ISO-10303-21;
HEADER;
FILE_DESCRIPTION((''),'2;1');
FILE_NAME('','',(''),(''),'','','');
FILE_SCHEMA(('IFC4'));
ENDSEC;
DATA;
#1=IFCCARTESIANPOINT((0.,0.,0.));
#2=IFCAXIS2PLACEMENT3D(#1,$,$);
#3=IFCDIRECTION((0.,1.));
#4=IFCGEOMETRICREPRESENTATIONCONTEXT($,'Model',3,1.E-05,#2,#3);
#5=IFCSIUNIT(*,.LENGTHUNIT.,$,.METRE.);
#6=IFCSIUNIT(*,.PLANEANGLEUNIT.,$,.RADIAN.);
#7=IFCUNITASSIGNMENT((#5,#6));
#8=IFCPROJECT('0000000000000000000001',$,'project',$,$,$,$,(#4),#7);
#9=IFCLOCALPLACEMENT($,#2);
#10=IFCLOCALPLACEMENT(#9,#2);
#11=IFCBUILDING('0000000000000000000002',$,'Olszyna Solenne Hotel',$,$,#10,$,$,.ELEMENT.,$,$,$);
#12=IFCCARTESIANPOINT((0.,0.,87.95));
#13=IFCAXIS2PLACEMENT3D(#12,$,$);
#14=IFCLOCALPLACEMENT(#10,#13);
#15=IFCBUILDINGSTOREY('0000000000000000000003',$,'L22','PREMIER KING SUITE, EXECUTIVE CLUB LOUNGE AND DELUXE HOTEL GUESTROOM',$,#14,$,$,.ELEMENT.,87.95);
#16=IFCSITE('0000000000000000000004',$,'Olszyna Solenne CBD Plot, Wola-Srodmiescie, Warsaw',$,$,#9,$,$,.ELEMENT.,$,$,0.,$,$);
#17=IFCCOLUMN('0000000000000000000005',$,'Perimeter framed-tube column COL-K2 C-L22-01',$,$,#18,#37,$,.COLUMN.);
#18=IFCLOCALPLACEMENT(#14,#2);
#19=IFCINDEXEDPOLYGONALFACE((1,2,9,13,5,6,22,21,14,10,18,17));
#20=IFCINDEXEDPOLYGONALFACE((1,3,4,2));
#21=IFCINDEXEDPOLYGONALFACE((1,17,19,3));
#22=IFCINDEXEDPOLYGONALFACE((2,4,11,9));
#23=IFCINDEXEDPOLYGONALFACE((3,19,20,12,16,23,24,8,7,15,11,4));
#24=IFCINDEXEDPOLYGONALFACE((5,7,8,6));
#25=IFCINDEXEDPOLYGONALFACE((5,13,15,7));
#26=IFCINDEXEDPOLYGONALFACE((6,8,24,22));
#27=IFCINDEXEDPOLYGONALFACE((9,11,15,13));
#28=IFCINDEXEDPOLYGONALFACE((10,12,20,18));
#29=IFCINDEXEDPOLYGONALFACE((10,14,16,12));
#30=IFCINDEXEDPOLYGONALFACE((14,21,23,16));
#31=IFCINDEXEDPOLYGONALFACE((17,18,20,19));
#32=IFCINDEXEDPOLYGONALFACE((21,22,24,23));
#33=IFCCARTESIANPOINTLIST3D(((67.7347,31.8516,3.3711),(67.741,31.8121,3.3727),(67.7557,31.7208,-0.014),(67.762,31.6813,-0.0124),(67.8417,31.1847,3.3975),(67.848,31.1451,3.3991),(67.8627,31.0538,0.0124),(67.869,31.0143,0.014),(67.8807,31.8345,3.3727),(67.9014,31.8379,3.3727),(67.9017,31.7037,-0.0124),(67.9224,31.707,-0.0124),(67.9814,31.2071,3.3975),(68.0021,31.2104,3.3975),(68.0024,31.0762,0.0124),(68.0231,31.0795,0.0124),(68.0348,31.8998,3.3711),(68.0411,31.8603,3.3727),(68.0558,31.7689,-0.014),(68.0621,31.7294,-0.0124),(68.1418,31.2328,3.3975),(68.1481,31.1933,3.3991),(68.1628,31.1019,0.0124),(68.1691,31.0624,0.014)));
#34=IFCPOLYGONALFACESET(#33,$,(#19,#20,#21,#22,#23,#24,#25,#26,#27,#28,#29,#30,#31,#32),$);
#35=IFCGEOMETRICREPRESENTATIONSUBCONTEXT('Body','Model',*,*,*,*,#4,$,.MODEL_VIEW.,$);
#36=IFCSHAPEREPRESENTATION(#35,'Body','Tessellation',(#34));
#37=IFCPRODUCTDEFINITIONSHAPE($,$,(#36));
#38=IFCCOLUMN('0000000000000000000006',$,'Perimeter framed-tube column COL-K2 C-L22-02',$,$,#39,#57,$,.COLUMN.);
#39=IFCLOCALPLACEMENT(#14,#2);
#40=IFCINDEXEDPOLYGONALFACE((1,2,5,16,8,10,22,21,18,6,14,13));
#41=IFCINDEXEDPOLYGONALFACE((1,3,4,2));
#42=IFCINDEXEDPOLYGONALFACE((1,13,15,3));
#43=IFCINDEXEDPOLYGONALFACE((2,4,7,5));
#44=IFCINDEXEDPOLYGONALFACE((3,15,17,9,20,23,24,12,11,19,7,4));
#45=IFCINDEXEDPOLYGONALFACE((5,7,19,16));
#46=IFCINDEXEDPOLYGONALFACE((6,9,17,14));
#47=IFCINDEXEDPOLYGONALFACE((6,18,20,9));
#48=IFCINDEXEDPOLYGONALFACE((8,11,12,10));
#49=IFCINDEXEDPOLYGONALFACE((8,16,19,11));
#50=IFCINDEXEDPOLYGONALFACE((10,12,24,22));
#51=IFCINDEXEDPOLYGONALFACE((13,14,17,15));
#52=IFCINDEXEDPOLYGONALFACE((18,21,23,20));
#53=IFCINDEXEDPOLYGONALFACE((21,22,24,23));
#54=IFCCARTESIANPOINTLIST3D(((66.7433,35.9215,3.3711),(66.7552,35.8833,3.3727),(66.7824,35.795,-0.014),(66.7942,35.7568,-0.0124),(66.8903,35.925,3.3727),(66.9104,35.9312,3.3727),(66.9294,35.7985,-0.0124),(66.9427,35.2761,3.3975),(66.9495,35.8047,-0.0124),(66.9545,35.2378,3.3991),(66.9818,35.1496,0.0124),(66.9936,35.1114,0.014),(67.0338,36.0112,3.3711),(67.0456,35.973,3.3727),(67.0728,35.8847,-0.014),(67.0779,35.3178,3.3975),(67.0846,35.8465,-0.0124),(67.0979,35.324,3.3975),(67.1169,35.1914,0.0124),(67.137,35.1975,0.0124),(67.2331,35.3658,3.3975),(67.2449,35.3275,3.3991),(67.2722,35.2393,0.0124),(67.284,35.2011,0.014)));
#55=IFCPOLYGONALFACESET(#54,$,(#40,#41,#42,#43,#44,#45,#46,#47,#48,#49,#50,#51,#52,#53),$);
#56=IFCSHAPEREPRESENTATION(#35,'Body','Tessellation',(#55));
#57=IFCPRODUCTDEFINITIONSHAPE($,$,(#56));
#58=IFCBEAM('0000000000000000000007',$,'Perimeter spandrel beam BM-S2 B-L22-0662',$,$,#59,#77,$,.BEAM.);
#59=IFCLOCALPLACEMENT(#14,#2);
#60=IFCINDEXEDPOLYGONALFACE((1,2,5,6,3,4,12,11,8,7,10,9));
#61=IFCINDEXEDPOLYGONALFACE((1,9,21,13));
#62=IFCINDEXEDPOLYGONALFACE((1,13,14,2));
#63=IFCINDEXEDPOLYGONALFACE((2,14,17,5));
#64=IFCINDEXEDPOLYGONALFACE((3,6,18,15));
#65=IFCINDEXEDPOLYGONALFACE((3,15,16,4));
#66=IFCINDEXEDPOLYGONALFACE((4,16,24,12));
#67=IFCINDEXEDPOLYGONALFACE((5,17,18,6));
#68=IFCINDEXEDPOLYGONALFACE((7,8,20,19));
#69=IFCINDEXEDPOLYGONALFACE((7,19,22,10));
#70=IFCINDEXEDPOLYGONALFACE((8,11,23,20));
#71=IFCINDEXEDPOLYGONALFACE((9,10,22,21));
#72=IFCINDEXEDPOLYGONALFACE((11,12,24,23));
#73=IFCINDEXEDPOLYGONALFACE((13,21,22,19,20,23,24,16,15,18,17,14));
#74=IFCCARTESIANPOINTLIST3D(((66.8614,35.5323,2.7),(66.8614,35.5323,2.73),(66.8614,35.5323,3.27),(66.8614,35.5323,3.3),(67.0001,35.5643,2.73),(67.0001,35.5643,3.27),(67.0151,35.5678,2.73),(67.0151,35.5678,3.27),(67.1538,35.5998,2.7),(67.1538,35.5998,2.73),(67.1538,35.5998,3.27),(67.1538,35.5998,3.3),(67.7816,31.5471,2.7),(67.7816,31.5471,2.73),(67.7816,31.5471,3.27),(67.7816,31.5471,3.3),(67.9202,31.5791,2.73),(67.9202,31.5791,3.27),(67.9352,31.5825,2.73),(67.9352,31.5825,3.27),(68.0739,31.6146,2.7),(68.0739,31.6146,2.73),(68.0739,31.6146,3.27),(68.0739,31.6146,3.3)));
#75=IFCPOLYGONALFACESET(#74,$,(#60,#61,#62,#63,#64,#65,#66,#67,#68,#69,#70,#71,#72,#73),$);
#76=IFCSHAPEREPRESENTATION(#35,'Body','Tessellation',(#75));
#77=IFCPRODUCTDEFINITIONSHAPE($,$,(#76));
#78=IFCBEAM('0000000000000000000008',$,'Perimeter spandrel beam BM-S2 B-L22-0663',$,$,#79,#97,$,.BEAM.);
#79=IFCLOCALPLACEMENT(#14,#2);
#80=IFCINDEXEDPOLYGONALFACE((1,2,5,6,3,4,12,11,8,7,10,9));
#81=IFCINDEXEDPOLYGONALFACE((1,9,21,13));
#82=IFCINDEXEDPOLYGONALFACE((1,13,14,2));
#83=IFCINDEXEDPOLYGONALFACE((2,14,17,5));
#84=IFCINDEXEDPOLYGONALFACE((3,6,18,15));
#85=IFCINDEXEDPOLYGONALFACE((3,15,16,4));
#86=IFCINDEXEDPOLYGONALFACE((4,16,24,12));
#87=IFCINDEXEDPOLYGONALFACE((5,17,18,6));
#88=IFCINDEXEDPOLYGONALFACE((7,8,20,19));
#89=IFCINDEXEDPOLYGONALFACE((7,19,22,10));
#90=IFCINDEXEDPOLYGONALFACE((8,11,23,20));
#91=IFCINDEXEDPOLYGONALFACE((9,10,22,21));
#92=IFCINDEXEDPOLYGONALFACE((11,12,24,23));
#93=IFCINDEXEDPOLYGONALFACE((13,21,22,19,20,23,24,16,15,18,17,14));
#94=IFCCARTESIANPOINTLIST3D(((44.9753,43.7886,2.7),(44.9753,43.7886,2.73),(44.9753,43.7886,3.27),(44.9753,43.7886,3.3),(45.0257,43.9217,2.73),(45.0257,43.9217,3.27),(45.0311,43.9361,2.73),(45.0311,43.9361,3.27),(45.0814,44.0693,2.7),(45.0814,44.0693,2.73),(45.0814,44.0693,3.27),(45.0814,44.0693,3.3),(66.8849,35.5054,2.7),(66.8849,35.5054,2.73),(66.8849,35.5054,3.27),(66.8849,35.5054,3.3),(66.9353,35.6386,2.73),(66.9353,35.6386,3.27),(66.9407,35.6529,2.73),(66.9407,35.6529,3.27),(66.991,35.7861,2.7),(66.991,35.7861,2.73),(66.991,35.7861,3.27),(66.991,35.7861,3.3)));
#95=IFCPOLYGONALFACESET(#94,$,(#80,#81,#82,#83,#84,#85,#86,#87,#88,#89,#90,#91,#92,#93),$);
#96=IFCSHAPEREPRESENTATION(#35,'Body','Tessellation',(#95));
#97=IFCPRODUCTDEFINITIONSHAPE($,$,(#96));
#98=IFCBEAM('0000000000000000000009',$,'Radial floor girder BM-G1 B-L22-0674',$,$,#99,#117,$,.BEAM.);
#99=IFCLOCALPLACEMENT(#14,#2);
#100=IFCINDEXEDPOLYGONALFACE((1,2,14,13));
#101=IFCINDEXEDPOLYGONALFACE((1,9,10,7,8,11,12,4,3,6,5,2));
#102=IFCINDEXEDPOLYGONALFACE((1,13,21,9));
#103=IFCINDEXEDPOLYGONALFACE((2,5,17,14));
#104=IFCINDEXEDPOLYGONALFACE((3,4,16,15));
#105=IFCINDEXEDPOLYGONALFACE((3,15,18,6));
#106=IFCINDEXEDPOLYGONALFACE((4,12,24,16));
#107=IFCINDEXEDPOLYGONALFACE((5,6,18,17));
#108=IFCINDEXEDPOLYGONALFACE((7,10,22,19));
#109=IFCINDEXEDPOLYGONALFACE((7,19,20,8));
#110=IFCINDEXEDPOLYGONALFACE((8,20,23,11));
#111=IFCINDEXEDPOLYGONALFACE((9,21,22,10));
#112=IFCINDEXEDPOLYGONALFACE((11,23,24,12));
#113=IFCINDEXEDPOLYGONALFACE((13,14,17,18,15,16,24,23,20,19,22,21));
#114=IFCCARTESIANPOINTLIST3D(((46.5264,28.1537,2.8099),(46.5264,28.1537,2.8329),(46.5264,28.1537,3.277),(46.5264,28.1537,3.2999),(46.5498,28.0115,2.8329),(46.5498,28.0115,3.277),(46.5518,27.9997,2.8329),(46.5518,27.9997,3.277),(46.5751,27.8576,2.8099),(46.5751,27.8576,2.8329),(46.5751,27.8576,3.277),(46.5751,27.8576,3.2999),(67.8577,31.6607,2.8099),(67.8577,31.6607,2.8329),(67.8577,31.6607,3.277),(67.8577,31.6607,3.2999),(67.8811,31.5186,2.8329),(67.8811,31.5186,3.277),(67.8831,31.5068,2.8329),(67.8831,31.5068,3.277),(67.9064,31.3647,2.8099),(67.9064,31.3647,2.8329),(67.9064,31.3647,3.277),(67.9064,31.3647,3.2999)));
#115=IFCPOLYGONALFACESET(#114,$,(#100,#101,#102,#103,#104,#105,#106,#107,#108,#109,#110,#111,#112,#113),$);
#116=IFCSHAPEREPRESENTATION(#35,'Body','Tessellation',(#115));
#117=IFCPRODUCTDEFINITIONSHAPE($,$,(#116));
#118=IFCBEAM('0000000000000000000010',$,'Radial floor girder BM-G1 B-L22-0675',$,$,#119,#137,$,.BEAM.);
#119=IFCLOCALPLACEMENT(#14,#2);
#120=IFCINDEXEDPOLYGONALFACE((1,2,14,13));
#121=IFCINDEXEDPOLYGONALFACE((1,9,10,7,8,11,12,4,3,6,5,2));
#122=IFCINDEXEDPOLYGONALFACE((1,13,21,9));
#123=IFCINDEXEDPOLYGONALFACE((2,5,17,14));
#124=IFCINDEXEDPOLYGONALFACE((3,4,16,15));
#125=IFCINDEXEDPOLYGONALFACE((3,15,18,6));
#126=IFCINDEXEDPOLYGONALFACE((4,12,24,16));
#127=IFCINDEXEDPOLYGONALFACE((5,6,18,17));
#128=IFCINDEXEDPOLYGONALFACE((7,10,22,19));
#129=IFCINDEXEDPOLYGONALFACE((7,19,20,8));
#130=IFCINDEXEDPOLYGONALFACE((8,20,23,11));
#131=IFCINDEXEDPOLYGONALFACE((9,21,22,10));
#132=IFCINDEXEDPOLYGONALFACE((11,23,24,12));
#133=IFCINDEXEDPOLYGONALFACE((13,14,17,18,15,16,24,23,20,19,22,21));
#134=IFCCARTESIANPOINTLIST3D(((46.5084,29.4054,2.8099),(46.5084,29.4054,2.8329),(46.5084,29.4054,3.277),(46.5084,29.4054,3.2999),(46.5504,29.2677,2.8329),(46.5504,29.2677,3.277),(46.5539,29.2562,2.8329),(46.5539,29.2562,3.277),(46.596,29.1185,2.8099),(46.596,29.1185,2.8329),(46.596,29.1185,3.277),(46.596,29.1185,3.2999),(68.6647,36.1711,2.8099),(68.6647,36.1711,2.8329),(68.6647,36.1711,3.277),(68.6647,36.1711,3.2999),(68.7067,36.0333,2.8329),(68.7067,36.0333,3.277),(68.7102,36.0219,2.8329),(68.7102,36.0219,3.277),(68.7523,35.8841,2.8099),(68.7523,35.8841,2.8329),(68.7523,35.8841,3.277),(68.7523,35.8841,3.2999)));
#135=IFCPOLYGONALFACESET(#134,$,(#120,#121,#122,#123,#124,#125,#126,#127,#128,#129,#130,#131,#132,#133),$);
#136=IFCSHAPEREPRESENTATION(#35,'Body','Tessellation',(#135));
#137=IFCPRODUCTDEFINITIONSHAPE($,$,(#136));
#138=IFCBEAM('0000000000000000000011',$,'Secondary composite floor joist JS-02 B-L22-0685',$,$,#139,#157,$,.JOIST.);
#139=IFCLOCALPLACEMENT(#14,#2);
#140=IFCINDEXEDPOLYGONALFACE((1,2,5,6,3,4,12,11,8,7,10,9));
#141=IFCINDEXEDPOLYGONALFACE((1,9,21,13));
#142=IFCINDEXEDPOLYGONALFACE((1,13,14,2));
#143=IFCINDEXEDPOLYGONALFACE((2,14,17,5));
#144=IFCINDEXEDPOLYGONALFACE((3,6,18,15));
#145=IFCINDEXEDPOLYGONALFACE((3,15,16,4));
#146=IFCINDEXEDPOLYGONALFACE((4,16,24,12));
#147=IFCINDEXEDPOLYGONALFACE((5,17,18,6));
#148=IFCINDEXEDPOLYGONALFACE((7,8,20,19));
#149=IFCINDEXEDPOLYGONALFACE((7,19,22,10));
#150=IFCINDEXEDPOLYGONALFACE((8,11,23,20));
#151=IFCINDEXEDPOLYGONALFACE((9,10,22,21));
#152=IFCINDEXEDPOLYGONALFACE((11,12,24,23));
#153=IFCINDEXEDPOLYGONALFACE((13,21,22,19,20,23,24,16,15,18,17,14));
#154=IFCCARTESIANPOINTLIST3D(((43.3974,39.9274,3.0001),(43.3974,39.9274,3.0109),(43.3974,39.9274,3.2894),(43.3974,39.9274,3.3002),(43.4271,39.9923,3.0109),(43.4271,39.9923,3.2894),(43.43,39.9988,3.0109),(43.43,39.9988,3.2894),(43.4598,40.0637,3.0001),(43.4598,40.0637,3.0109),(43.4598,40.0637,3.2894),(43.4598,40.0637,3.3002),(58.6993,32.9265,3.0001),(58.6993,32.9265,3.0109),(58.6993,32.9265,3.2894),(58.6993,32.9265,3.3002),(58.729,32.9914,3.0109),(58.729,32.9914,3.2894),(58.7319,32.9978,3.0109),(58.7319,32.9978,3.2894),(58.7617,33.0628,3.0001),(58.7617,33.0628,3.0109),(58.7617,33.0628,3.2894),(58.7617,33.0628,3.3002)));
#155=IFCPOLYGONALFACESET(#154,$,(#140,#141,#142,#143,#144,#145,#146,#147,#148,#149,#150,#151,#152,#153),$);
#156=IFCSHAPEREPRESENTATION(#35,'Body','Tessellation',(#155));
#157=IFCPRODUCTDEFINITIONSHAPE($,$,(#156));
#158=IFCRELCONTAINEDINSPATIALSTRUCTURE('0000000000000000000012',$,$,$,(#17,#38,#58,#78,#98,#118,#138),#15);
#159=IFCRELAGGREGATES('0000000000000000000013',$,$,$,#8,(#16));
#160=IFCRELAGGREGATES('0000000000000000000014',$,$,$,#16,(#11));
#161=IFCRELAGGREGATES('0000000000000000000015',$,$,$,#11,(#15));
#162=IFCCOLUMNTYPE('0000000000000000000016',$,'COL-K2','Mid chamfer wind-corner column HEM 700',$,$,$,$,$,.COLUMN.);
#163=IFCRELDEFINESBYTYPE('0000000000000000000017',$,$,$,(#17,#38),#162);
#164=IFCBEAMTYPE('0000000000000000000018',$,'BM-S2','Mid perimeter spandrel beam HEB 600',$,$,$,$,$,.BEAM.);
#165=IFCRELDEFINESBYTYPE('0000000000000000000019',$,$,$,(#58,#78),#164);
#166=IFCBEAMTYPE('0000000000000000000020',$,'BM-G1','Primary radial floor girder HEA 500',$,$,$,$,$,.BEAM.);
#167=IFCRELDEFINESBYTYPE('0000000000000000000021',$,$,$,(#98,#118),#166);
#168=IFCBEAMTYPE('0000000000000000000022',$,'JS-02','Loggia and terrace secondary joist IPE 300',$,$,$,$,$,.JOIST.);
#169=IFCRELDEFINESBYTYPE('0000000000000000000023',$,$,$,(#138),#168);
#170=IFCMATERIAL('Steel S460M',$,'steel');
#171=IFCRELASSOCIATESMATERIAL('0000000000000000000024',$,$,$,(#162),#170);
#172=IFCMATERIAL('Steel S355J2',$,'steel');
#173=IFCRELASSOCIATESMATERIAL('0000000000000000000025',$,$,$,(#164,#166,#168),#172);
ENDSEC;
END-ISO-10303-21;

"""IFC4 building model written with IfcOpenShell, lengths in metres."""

from ifc_helpers import new_model, si_unit, direction, frame, origin, origin_2d, place, context, subcontext, project, spatial, i_section, extrude, source, transform, mapped, material, material_profile, profile_set, type_object, element, save


model = new_model("IFC4")

# Units and contexts
model_context = context("Model", 3, precision=1e-05, world=origin(), true_north=direction((0.0, 1.0)))
body_context = subcontext(model_context, "Body", "Model", "MODEL_VIEW")
ifc_project = project(units=[si_unit("LENGTHUNIT", "METRE"), si_unit("PLANEANGLEUNIT", "RADIAN")], contexts=[model_context])

# Site, building, storey
site_placement = place(None, origin())
site = spatial("IfcSite", under=ifc_project, at=site_placement, Name="Olszyna Solenne CBD Plot, Wola-Srodmiescie, Warsaw", CompositionType="ELEMENT", RefElevation=0.0)
building_placement = place(site_placement, origin())
building = spatial("IfcBuilding", under=site, at=building_placement, Name="Olszyna Solenne Hotel", CompositionType="ELEMENT")
storey_placement = place(building_placement, frame((0.0, 0.0, 87.95)))
storey = spatial("IfcBuildingStorey", under=building, at=storey_placement, Name="L22", Description="PREMIER KING SUITE, EXECUTIVE CLUB LOUNGE AND DELUXE HOTEL GUESTROOM", CompositionType="ELEMENT", Elevation=87.95)

# Columns
ifc_material_1 = material(Name="Steel S460M", Category="steel")
ifc_material_profile_1 = material_profile(ifc_material_1, i_section(OverallWidth=0.304, OverallDepth=0.7161, WebThickness=0.021, FlangeThickness=0.04, at=origin_2d()), Name="HEM 700", Category="load-bearing")
ifc_profile_set_1 = profile_set([ifc_material_profile_1], Name="Steel S460M")
column_type = type_object("IfcColumnType", Name="COL-K2", Description="Mid chamfer wind-corner column HEM 700", PredefinedType="COLUMN", material=ifc_profile_set_1)
shared_shape_1 = source(origin(), body_context, "Body", "SweptSolid", [
    extrude(i_section(OverallWidth=0.304, OverallDepth=0.7161, WebThickness=0.021, FlangeThickness=0.04, at=origin_2d()), origin(), (0.0, 0.0, 1.0), 3.3877),
])
for number, where, z_axis, x_axis, name in (
    (1, (67.9624, 31.3916, 0.0), (-0.006198, 0.038629, 0.999234), (-0.987372, -0.158422, 0.0), "Perimeter framed-tube column COL-K2 C-L22-01"),
    (2, (67.0332, 35.498, 0.0), (-0.011531, 0.037332, 0.999236), (-0.955459, -0.295123, 0.0), "Perimeter framed-tube column COL-K2 C-L22-02"),
):
    element("IfcColumn", number, at=place(storey_placement, frame(where, z_axis=z_axis, x_axis=x_axis)), inside=storey, type_object=column_type, Name=name, PredefinedType="COLUMN", context=body_context, shape_type="MappedRepresentation", body=[
        mapped(shared_shape_1, transform((0.0, 0.0, 0.0), x_axis=(1.0, 0.0, 0.0), y_axis=(0.0, 1.0, 0.0), z_axis=(0.0, 0.0, 1.0), scale=1.0)),
    ])

# Beams
ifc_material_2 = material(Name="Steel S355J2", Category="steel")
ifc_material_profile_2 = material_profile(ifc_material_2, i_section(OverallWidth=0.3, OverallDepth=0.6001, WebThickness=0.0154, FlangeThickness=0.03, at=origin_2d()), Name="HEB 600", Category="load-bearing")
ifc_profile_set_2 = profile_set([ifc_material_profile_2], Name="Steel S355J2")
beam_type_1 = type_object("IfcBeamType", Name="BM-S2", Description="Mid perimeter spandrel beam HEB 600", PredefinedType="BEAM", material=ifc_profile_set_2)
shared_shape_2 = source(origin(), body_context, "Body", "SweptSolid", [
    extrude(i_section(OverallWidth=0.3, OverallDepth=0.6001, WebThickness=0.0154, FlangeThickness=0.03, at=origin_2d()), origin(), (0.0, 0.0, 1.0), 4.0901),
])
beam_1_placement = place(storey_placement, frame((67.9277, 31.5808, 3.0), z_axis=(-0.224968, 0.974366, 0.0), x_axis=(-0.974366, -0.224968, 0.0)))
element("IfcBeam", 3, at=beam_1_placement, inside=storey, type_object=beam_type_1, Name="Perimeter spandrel beam BM-S2 B-L22-0662", PredefinedType="BEAM", context=body_context, shape_type="MappedRepresentation", body=[
    mapped(shared_shape_2, transform((0.0, 0.0, 0.0), x_axis=(1.0, 0.0, 0.0), y_axis=(0.0, 1.0, 0.0), z_axis=(0.0, 0.0, 1.0), scale=1.0)),
])
shared_shape_3 = source(origin(), body_context, "Body", "SweptSolid", [
    extrude(i_section(OverallWidth=0.3, OverallDepth=0.6001, WebThickness=0.0154, FlangeThickness=0.03, at=origin_2d()), origin(), (0.0, 0.0, 1.0), 23.4231),
])
beam_2_placement = place(storey_placement, frame((66.938, 35.6458, 3.0), z_axis=(-0.935384, 0.353633, 0.0), x_axis=(-0.353633, -0.935384, 0.0)))
element("IfcBeam", 4, at=beam_2_placement, inside=storey, type_object=beam_type_1, Name="Perimeter spandrel beam BM-S2 B-L22-0663", PredefinedType="BEAM", context=body_context, shape_type="MappedRepresentation", body=[
    mapped(shared_shape_3, transform((0.0, 0.0, 0.0), x_axis=(1.0, 0.0, 0.0), y_axis=(0.0, 1.0, 0.0), z_axis=(0.0, 0.0, 1.0), scale=1.0)),
])
ifc_material_profile_3 = material_profile(ifc_material_2, i_section(OverallWidth=0.3, OverallDepth=0.49, WebThickness=0.012, FlangeThickness=0.0229, at=origin_2d()), Name="HEA 500", Category="load-bearing")
ifc_profile_set_3 = profile_set([ifc_material_profile_3], Name="Steel S355J2")
beam_type_2 = type_object("IfcBeamType", Name="BM-G1", Description="Primary radial floor girder HEA 500", PredefinedType="BEAM", material=ifc_profile_set_3)
shared_shape_4 = source(origin(), body_context, "Body", "SweptSolid", [
    extrude(i_section(OverallWidth=0.3, OverallDepth=0.49, WebThickness=0.012, FlangeThickness=0.0229, at=origin_2d()), origin(), (0.0, 0.0, 1.0), 21.6177),
])
beam_3_placement = place(storey_placement, frame((67.8821, 31.5127, 3.0549), z_axis=(-0.986753, -0.162232, 0.0), x_axis=(0.162232, -0.986753, 0.0)))
element("IfcBeam", 5, at=beam_3_placement, inside=storey, type_object=beam_type_2, Name="Radial floor girder BM-G1 B-L22-0674", PredefinedType="BEAM", context=body_context, shape_type="MappedRepresentation", body=[
    mapped(shared_shape_4, transform((0.0, 0.0, 0.0), x_axis=(1.0, 0.0, 0.0), y_axis=(0.0, 1.0, 0.0), z_axis=(0.0, 0.0, 1.0), scale=1.0)),
])
shared_shape_5 = source(origin(), body_context, "Body", "SweptSolid", [
    extrude(i_section(OverallWidth=0.3, OverallDepth=0.49, WebThickness=0.012, FlangeThickness=0.0229, at=origin_2d()), origin(), (0.0, 0.0, 1.0), 23.1663),
])
beam_4_placement = place(storey_placement, frame((68.7085, 36.0276, 3.0549), z_axis=(-0.956404, -0.292047, 0.0), x_axis=(0.292047, -0.956404, 0.0)))
element("IfcBeam", 6, at=beam_4_placement, inside=storey, type_object=beam_type_2, Name="Radial floor girder BM-G1 B-L22-0675", PredefinedType="BEAM", context=body_context, shape_type="MappedRepresentation", body=[
    mapped(shared_shape_5, transform((0.0, 0.0, 0.0), x_axis=(1.0, 0.0, 0.0), y_axis=(0.0, 1.0, 0.0), z_axis=(0.0, 0.0, 1.0), scale=1.0)),
])
ifc_material_profile_4 = material_profile(ifc_material_2, i_section(OverallWidth=0.1499, OverallDepth=0.3, WebThickness=0.0071, FlangeThickness=0.0107, at=origin_2d()), Name="IPE 300", Category="load-bearing")
ifc_profile_set_4 = profile_set([ifc_material_profile_4], Name="Steel S355J2")
beam_type_3 = type_object("IfcBeamType", Name="JS-02", Description="Loggia and terrace secondary joist IPE 300", PredefinedType="JOIST", material=ifc_profile_set_4)
shared_shape_6 = source(origin(), body_context, "Body", "SweptSolid", [
    extrude(i_section(OverallWidth=0.1499, OverallDepth=0.3, WebThickness=0.0071, FlangeThickness=0.0107, at=origin_2d()), origin(), (0.0, 0.0, 1.0), 16.8274),
])
beam_5_placement = place(storey_placement, frame((58.7305, 32.9946, 3.1501), z_axis=(-0.909345, 0.416044, 0.0), x_axis=(-0.416044, -0.909345, 0.0)))
element("IfcBeam", 7, at=beam_5_placement, inside=storey, type_object=beam_type_3, Name="Secondary composite floor joist JS-02 B-L22-0685", PredefinedType="JOIST", context=body_context, shape_type="MappedRepresentation", body=[
    mapped(shared_shape_6, transform((0.0, 0.0, 0.0), x_axis=(1.0, 0.0, 0.0), y_axis=(0.0, 1.0, 0.0), z_axis=(0.0, 0.0, 1.0), scale=1.0)),
])

save(model, "model.ifc")
